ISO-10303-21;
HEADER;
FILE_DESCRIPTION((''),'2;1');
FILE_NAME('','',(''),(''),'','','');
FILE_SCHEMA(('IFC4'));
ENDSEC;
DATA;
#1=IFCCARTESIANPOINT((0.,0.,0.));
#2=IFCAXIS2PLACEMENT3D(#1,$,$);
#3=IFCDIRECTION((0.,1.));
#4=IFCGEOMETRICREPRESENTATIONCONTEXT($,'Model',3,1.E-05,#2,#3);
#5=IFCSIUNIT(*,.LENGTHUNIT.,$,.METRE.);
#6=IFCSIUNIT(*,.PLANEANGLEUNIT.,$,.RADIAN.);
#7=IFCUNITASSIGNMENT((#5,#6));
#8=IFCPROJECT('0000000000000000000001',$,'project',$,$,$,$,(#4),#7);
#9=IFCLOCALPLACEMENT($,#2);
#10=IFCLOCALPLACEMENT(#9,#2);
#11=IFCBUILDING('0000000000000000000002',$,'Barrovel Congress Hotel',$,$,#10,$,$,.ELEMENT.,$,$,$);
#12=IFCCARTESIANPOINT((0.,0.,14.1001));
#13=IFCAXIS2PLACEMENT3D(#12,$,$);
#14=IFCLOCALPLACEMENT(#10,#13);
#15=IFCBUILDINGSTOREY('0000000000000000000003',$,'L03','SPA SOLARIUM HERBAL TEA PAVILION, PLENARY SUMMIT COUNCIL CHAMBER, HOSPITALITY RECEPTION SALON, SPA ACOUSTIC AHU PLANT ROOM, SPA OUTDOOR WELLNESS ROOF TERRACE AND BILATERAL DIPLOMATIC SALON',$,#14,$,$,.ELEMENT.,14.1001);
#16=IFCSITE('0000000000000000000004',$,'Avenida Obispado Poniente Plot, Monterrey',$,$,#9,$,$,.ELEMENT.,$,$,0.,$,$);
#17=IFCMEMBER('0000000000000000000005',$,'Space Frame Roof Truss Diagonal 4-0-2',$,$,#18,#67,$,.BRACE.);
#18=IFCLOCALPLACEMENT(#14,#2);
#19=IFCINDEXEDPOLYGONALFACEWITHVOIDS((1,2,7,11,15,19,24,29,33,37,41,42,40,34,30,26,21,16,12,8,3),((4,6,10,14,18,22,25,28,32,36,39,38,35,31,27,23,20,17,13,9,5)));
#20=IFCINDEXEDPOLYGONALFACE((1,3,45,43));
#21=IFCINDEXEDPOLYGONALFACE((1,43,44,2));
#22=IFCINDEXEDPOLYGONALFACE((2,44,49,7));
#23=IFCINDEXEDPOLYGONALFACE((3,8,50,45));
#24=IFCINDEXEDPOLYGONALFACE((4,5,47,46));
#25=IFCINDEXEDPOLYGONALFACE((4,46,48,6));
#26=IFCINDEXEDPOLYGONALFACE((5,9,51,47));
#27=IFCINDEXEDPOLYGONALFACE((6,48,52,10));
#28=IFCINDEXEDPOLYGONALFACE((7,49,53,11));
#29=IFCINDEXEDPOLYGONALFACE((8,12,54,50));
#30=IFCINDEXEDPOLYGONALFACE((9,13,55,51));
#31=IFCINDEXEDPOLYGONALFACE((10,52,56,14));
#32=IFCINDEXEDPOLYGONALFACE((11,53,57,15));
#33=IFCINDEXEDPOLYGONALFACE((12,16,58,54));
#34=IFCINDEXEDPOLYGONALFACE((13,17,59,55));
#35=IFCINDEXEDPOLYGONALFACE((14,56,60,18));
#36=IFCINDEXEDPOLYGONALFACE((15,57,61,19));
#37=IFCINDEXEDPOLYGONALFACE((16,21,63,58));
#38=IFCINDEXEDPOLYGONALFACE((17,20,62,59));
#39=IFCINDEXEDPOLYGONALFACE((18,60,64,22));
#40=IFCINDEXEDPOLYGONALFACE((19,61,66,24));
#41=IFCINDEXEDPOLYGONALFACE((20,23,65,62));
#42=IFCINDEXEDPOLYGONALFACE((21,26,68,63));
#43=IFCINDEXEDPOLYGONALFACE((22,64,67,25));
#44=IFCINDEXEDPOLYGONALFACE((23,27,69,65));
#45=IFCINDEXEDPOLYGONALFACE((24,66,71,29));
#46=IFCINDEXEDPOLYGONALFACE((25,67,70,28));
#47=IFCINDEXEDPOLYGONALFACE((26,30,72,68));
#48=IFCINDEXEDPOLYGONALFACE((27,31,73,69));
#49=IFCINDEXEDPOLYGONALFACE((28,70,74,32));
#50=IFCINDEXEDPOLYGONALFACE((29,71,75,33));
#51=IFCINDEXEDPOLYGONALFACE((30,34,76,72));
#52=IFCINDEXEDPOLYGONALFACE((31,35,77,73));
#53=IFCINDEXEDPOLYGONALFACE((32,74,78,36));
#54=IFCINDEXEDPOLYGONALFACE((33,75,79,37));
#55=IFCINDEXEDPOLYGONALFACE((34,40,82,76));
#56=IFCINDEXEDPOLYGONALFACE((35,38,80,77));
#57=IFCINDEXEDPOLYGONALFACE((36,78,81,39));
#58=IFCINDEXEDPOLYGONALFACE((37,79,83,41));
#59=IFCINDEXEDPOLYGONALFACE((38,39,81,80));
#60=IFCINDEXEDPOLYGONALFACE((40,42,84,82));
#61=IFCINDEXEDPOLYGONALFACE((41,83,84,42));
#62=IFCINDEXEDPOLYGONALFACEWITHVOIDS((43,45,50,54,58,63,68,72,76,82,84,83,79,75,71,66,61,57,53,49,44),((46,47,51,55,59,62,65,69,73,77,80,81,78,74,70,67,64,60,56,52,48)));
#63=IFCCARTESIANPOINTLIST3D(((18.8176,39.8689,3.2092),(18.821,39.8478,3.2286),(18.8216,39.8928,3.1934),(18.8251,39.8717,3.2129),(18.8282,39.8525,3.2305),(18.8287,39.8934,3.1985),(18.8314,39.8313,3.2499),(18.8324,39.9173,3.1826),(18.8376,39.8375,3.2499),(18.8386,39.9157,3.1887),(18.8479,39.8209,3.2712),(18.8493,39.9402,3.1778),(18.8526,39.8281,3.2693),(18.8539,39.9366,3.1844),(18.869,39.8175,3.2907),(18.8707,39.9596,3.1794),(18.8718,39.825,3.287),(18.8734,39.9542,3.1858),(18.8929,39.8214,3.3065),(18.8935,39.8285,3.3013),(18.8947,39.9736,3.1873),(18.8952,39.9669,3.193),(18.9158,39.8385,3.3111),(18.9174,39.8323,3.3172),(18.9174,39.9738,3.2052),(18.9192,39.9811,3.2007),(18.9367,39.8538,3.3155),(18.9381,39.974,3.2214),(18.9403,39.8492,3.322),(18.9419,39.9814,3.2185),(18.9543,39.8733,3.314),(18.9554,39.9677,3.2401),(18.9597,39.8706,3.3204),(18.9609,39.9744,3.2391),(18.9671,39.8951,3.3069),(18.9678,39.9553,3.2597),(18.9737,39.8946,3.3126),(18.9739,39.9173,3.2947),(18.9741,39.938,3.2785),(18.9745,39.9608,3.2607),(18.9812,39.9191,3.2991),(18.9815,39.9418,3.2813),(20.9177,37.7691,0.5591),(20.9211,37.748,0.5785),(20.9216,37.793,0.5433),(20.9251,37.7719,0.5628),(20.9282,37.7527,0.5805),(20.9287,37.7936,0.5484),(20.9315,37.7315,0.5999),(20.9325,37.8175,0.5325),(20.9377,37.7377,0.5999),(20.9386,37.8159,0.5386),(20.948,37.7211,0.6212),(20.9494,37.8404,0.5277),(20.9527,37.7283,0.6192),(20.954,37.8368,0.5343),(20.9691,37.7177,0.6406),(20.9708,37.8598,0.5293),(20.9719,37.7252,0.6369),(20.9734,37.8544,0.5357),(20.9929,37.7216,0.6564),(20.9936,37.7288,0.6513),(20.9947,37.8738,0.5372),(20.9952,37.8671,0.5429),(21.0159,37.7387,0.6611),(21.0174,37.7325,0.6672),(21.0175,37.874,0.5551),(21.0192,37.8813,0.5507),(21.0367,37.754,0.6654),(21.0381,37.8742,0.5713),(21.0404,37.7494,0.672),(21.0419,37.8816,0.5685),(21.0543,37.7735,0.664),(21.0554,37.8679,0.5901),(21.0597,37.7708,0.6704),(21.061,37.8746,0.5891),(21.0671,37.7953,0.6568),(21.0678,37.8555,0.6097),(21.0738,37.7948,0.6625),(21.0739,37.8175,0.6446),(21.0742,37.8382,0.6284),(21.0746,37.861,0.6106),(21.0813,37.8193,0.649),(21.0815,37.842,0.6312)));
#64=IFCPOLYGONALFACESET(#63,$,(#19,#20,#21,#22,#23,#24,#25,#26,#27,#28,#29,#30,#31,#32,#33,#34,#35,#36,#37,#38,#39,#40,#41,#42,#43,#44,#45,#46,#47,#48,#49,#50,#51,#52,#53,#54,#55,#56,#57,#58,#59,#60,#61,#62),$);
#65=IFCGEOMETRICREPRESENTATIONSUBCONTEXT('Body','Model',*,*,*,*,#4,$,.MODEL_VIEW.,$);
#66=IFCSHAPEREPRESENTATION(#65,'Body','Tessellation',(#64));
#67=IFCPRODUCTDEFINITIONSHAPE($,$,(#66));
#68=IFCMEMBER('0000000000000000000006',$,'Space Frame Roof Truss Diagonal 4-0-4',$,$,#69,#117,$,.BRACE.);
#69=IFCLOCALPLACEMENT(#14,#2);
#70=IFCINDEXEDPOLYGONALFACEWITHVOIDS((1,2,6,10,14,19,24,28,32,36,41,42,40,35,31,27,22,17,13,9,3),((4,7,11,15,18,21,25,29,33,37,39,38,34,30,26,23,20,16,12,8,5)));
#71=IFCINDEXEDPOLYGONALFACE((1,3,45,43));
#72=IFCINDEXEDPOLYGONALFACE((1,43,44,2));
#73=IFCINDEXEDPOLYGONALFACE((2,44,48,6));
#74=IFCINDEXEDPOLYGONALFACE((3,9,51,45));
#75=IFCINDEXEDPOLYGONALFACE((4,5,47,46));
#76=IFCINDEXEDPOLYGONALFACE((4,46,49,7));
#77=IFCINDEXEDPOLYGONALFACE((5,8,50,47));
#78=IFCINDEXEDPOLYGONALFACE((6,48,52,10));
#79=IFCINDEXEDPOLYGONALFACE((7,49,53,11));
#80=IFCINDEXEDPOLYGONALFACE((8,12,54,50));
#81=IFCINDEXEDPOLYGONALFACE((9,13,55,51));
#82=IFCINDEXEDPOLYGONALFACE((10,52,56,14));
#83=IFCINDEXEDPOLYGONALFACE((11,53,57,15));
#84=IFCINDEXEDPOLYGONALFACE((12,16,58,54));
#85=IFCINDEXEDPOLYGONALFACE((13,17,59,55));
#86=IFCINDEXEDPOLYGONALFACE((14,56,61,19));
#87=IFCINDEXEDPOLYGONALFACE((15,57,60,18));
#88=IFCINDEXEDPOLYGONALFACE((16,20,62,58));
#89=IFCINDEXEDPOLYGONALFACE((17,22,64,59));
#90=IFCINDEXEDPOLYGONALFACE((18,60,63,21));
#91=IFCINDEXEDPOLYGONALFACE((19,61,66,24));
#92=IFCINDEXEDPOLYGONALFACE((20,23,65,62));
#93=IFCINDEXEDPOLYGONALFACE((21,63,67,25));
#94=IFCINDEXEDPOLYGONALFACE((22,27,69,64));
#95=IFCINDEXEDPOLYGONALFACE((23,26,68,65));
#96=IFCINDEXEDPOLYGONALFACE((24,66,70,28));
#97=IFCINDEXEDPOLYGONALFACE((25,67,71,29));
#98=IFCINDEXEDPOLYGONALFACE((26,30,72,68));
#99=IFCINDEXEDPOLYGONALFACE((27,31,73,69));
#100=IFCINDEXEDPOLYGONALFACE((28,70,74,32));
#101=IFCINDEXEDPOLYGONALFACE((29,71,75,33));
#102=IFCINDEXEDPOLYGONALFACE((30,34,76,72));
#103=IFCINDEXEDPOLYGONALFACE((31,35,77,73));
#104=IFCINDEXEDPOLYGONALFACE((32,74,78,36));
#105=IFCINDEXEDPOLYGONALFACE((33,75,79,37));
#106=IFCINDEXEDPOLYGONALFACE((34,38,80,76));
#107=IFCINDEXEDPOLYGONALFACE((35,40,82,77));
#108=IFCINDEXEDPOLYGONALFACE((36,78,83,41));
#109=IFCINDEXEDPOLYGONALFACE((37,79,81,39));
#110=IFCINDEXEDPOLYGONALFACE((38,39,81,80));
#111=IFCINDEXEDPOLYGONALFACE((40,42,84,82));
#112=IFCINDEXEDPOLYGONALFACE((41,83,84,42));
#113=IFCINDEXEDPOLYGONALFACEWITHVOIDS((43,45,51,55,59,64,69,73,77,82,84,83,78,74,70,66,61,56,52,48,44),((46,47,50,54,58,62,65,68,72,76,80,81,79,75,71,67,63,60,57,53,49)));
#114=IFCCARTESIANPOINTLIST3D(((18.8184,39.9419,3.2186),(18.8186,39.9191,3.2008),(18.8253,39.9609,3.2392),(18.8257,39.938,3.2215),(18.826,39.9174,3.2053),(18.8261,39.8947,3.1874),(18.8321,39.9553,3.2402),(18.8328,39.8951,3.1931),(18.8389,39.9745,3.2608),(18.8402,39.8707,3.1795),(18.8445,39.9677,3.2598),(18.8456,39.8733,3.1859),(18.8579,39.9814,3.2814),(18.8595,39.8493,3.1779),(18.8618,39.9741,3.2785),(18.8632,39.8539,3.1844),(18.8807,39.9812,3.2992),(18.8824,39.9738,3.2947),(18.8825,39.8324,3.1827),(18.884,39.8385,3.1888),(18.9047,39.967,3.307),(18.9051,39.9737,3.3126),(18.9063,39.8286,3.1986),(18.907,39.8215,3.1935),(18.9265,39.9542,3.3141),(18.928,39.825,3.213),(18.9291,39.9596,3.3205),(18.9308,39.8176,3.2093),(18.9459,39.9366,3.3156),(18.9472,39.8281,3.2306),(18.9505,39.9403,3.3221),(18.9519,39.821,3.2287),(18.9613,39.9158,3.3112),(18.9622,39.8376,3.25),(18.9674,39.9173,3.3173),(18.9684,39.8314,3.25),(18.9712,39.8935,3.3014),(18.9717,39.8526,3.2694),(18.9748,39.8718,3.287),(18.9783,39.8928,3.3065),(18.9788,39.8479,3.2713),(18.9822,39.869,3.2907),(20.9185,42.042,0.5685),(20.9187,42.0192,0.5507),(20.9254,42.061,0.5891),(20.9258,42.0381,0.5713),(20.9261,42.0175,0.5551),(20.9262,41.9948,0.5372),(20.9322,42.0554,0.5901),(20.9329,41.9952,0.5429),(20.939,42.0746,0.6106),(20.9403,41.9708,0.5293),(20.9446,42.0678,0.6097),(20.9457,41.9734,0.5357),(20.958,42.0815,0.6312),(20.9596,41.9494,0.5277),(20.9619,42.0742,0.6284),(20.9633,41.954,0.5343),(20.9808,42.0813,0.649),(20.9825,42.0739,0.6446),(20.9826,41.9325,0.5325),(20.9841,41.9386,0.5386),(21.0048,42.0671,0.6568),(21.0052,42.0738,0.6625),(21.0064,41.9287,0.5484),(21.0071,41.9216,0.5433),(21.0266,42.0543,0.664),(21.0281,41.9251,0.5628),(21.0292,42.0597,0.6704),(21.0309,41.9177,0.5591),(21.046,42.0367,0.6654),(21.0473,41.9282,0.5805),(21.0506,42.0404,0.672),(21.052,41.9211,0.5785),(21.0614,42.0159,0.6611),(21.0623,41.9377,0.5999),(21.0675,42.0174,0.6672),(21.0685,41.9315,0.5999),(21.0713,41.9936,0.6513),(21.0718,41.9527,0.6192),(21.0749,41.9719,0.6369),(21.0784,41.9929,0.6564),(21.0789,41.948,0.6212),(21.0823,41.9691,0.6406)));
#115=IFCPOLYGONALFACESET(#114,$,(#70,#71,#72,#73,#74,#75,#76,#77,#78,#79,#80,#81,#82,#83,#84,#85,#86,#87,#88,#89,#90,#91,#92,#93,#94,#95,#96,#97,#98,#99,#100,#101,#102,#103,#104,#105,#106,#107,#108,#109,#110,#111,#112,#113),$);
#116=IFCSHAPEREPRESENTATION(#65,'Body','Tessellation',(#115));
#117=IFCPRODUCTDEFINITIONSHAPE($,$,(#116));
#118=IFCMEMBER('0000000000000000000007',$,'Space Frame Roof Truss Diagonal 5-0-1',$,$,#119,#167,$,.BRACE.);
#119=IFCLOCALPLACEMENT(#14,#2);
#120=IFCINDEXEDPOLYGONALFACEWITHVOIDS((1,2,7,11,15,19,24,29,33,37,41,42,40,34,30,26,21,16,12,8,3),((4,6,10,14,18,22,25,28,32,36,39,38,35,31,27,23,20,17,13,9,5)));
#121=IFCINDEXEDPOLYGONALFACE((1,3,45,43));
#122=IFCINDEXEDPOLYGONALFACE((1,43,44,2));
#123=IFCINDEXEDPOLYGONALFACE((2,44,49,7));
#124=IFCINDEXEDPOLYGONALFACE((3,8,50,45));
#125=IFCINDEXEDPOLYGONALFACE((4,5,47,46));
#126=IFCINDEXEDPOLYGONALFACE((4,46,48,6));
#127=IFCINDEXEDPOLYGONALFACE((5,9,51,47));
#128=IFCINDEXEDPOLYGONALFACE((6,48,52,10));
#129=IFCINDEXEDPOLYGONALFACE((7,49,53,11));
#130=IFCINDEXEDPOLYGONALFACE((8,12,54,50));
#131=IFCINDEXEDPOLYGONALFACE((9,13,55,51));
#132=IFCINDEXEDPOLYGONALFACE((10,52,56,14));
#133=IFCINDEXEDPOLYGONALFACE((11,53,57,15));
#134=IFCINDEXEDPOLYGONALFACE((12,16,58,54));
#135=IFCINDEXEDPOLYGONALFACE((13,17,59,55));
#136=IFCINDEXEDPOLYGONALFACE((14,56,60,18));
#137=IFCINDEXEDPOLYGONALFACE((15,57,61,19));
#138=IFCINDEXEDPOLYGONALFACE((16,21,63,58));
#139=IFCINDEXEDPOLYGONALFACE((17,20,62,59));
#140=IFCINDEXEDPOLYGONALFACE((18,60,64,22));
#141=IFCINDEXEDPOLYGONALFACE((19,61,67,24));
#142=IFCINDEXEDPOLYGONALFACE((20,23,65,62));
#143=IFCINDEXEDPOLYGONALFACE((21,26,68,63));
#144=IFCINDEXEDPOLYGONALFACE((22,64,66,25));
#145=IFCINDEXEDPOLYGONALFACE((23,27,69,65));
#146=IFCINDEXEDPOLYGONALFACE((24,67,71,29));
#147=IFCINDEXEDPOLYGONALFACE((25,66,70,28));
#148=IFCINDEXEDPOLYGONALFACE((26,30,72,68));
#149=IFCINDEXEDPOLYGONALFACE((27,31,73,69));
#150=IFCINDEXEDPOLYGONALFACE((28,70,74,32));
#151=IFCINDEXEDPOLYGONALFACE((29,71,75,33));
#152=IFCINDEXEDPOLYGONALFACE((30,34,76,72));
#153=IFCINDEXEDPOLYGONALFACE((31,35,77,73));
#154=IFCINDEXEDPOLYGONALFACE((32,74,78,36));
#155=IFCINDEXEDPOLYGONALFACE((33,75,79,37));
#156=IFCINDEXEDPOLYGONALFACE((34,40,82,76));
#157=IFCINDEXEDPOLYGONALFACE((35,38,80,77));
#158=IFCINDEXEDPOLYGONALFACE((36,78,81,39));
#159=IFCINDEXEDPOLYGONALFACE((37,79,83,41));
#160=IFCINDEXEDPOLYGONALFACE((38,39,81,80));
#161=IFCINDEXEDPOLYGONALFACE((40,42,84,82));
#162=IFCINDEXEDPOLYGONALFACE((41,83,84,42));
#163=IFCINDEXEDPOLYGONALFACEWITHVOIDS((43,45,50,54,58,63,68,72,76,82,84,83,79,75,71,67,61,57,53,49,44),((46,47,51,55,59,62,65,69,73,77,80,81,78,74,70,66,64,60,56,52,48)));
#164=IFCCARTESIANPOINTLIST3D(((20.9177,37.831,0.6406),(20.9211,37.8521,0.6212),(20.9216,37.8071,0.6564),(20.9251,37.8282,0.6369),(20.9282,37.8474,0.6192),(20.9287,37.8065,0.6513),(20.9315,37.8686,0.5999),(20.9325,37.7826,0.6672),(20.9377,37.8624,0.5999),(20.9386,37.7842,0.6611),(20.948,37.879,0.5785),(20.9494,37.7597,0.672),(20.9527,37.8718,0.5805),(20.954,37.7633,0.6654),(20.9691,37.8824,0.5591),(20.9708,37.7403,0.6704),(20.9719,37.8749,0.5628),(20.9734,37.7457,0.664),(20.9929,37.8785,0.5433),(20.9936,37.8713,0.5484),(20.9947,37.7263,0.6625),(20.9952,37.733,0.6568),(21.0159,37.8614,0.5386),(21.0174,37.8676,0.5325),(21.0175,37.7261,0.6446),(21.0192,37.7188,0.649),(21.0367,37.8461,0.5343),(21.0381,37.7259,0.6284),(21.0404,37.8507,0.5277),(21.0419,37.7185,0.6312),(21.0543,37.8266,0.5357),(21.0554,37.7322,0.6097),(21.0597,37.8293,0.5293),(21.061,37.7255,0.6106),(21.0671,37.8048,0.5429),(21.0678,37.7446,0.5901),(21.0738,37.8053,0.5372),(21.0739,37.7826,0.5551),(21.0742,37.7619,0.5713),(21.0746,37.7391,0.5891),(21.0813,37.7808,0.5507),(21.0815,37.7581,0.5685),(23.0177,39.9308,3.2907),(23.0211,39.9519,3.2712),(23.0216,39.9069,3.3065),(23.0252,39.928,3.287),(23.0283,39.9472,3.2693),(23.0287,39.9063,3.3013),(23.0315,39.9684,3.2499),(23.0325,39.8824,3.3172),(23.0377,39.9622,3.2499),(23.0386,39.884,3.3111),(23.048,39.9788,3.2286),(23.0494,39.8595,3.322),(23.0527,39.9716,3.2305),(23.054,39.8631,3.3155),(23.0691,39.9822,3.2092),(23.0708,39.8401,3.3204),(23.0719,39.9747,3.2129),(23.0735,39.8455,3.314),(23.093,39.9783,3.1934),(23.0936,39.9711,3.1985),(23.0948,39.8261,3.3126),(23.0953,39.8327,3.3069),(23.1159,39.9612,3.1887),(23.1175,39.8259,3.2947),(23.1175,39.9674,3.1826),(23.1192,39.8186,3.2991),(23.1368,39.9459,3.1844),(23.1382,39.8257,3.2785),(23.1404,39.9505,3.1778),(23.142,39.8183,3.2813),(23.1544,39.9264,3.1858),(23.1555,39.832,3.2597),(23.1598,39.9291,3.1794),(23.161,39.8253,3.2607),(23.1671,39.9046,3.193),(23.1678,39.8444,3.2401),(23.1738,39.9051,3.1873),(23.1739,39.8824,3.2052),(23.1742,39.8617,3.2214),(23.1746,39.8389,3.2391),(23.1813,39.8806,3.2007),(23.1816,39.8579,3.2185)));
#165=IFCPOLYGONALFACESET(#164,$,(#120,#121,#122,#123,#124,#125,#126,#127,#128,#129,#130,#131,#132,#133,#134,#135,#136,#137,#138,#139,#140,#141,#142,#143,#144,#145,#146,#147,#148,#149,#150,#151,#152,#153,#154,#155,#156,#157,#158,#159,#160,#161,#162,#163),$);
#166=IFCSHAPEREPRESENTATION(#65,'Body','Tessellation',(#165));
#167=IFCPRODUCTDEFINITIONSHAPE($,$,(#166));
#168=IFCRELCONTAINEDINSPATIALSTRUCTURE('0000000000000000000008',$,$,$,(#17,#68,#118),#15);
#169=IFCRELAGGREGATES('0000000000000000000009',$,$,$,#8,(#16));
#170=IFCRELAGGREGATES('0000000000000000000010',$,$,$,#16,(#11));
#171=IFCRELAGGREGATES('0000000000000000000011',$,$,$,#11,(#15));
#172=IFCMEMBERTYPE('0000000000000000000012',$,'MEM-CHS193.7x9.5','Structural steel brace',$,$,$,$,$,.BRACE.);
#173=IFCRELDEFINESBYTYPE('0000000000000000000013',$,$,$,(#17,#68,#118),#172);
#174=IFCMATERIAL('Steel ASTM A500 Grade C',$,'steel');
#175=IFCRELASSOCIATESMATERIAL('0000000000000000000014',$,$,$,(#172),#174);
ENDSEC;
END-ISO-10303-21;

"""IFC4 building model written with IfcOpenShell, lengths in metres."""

from ifc_helpers import new_model, si_unit, direction, frame, origin, origin_2d, place, context, subcontext, project, spatial, hollow_circle, extrude, material, material_profile, profile_set, type_object, element, save


model = new_model("IFC4")

# Units and contexts
model_context = context("Model", 3, precision=1e-05, world=origin(), true_north=direction((0.0, 1.0)))
body_context = subcontext(model_context, "Body", "Model", "MODEL_VIEW")
ifc_project = project(units=[si_unit("LENGTHUNIT", "METRE"), si_unit("PLANEANGLEUNIT", "RADIAN")], contexts=[model_context])

# Site, building, storey
site_placement = place(None, origin())
site = spatial("IfcSite", under=ifc_project, at=site_placement, Name="Avenida Obispado Poniente Plot, Monterrey", CompositionType="ELEMENT", RefElevation=0.0)
building_placement = place(site_placement, origin())
building = spatial("IfcBuilding", under=site, at=building_placement, Name="Barrovel Congress Hotel", CompositionType="ELEMENT")
storey_placement = place(building_placement, frame((0.0, 0.0, 14.1001)))
storey = spatial("IfcBuildingStorey", under=building, at=storey_placement, Name="L03", Description="SPA SOLARIUM HERBAL TEA PAVILION, PLENARY SUMMIT COUNCIL CHAMBER, HOSPITALITY RECEPTION SALON, SPA ACOUSTIC AHU PLANT ROOM, SPA OUTDOOR WELLNESS ROOF TERRACE AND BILATERAL DIPLOMATIC SALON", CompositionType="ELEMENT", Elevation=14.1001)

# Members
ifc_material_1 = material(Name="Steel ASTM A500 Grade C", Category="steel")
ifc_material_profile_1 = material_profile(ifc_material_1, hollow_circle(Radius=0.0969, WallThickness=0.0088, at=origin_2d()), Name="CHS193.7x9.5")
ifc_profile_set_1 = profile_set([ifc_material_profile_1], Name="Steel ASTM A500 Grade C")
member_type_1 = type_object("IfcMemberType", Name="MEM-CHS193.7x9.5", Description="Structural steel brace", PredefinedType="BRACE", material=ifc_profile_set_1)
member_1_placement = place(storey_placement, frame((21.0, 37.8, 0.5999), z_axis=(-0.527618, 0.527557, 0.66581), x_axis=(-0.707066, -0.707148, 0.0)))
element("IfcMember", 1, at=member_1_placement, inside=storey, type_object=member_type_1, Name="Space Frame Roof Truss Diagonal 4-0-2", PredefinedType="BRACE", context=body_context, shape_type="SweptSolid", body=[
    extrude(hollow_circle(Radius=0.0969, WallThickness=0.0088, at=origin_2d()), origin(), (0.0, 0.0, 1.0), 3.9802),
])
member_2_placement = place(storey_placement, frame((21.0, 42.0, 0.5999), z_axis=(-0.527601, -0.527601, 0.665788), x_axis=(0.707107, -0.707107, 0.0)))
element("IfcMember", 2, at=member_2_placement, inside=storey, type_object=member_type_1, Name="Space Frame Roof Truss Diagonal 4-0-4", PredefinedType="BRACE", context=body_context, shape_type="SweptSolid", body=[
    extrude(hollow_circle(Radius=0.0969, WallThickness=0.0088, at=origin_2d()), origin(), (0.0, 0.0, 1.0), 3.9805),
])
for number, where, z_axis, x_axis, name in (
    (3, (21.0, 37.8, 0.5999), (0.527618, 0.527557, 0.66581), (-0.707066, 0.707148, 0.0), "Space Frame Roof Truss Diagonal 5-0-1"),
):
    element("IfcMember", number, at=place(storey_placement, frame(where, z_axis=z_axis, x_axis=x_axis)), inside=storey, type_object=member_type_1, Name=name, PredefinedType="BRACE", context=body_context, shape_type="SweptSolid", body=[
        extrude(hollow_circle(Radius=0.0969, WallThickness=0.0088, at=origin_2d()), origin(), (0.0, 0.0, 1.0), 3.9802),
    ])

save(model, "model.ifc")
